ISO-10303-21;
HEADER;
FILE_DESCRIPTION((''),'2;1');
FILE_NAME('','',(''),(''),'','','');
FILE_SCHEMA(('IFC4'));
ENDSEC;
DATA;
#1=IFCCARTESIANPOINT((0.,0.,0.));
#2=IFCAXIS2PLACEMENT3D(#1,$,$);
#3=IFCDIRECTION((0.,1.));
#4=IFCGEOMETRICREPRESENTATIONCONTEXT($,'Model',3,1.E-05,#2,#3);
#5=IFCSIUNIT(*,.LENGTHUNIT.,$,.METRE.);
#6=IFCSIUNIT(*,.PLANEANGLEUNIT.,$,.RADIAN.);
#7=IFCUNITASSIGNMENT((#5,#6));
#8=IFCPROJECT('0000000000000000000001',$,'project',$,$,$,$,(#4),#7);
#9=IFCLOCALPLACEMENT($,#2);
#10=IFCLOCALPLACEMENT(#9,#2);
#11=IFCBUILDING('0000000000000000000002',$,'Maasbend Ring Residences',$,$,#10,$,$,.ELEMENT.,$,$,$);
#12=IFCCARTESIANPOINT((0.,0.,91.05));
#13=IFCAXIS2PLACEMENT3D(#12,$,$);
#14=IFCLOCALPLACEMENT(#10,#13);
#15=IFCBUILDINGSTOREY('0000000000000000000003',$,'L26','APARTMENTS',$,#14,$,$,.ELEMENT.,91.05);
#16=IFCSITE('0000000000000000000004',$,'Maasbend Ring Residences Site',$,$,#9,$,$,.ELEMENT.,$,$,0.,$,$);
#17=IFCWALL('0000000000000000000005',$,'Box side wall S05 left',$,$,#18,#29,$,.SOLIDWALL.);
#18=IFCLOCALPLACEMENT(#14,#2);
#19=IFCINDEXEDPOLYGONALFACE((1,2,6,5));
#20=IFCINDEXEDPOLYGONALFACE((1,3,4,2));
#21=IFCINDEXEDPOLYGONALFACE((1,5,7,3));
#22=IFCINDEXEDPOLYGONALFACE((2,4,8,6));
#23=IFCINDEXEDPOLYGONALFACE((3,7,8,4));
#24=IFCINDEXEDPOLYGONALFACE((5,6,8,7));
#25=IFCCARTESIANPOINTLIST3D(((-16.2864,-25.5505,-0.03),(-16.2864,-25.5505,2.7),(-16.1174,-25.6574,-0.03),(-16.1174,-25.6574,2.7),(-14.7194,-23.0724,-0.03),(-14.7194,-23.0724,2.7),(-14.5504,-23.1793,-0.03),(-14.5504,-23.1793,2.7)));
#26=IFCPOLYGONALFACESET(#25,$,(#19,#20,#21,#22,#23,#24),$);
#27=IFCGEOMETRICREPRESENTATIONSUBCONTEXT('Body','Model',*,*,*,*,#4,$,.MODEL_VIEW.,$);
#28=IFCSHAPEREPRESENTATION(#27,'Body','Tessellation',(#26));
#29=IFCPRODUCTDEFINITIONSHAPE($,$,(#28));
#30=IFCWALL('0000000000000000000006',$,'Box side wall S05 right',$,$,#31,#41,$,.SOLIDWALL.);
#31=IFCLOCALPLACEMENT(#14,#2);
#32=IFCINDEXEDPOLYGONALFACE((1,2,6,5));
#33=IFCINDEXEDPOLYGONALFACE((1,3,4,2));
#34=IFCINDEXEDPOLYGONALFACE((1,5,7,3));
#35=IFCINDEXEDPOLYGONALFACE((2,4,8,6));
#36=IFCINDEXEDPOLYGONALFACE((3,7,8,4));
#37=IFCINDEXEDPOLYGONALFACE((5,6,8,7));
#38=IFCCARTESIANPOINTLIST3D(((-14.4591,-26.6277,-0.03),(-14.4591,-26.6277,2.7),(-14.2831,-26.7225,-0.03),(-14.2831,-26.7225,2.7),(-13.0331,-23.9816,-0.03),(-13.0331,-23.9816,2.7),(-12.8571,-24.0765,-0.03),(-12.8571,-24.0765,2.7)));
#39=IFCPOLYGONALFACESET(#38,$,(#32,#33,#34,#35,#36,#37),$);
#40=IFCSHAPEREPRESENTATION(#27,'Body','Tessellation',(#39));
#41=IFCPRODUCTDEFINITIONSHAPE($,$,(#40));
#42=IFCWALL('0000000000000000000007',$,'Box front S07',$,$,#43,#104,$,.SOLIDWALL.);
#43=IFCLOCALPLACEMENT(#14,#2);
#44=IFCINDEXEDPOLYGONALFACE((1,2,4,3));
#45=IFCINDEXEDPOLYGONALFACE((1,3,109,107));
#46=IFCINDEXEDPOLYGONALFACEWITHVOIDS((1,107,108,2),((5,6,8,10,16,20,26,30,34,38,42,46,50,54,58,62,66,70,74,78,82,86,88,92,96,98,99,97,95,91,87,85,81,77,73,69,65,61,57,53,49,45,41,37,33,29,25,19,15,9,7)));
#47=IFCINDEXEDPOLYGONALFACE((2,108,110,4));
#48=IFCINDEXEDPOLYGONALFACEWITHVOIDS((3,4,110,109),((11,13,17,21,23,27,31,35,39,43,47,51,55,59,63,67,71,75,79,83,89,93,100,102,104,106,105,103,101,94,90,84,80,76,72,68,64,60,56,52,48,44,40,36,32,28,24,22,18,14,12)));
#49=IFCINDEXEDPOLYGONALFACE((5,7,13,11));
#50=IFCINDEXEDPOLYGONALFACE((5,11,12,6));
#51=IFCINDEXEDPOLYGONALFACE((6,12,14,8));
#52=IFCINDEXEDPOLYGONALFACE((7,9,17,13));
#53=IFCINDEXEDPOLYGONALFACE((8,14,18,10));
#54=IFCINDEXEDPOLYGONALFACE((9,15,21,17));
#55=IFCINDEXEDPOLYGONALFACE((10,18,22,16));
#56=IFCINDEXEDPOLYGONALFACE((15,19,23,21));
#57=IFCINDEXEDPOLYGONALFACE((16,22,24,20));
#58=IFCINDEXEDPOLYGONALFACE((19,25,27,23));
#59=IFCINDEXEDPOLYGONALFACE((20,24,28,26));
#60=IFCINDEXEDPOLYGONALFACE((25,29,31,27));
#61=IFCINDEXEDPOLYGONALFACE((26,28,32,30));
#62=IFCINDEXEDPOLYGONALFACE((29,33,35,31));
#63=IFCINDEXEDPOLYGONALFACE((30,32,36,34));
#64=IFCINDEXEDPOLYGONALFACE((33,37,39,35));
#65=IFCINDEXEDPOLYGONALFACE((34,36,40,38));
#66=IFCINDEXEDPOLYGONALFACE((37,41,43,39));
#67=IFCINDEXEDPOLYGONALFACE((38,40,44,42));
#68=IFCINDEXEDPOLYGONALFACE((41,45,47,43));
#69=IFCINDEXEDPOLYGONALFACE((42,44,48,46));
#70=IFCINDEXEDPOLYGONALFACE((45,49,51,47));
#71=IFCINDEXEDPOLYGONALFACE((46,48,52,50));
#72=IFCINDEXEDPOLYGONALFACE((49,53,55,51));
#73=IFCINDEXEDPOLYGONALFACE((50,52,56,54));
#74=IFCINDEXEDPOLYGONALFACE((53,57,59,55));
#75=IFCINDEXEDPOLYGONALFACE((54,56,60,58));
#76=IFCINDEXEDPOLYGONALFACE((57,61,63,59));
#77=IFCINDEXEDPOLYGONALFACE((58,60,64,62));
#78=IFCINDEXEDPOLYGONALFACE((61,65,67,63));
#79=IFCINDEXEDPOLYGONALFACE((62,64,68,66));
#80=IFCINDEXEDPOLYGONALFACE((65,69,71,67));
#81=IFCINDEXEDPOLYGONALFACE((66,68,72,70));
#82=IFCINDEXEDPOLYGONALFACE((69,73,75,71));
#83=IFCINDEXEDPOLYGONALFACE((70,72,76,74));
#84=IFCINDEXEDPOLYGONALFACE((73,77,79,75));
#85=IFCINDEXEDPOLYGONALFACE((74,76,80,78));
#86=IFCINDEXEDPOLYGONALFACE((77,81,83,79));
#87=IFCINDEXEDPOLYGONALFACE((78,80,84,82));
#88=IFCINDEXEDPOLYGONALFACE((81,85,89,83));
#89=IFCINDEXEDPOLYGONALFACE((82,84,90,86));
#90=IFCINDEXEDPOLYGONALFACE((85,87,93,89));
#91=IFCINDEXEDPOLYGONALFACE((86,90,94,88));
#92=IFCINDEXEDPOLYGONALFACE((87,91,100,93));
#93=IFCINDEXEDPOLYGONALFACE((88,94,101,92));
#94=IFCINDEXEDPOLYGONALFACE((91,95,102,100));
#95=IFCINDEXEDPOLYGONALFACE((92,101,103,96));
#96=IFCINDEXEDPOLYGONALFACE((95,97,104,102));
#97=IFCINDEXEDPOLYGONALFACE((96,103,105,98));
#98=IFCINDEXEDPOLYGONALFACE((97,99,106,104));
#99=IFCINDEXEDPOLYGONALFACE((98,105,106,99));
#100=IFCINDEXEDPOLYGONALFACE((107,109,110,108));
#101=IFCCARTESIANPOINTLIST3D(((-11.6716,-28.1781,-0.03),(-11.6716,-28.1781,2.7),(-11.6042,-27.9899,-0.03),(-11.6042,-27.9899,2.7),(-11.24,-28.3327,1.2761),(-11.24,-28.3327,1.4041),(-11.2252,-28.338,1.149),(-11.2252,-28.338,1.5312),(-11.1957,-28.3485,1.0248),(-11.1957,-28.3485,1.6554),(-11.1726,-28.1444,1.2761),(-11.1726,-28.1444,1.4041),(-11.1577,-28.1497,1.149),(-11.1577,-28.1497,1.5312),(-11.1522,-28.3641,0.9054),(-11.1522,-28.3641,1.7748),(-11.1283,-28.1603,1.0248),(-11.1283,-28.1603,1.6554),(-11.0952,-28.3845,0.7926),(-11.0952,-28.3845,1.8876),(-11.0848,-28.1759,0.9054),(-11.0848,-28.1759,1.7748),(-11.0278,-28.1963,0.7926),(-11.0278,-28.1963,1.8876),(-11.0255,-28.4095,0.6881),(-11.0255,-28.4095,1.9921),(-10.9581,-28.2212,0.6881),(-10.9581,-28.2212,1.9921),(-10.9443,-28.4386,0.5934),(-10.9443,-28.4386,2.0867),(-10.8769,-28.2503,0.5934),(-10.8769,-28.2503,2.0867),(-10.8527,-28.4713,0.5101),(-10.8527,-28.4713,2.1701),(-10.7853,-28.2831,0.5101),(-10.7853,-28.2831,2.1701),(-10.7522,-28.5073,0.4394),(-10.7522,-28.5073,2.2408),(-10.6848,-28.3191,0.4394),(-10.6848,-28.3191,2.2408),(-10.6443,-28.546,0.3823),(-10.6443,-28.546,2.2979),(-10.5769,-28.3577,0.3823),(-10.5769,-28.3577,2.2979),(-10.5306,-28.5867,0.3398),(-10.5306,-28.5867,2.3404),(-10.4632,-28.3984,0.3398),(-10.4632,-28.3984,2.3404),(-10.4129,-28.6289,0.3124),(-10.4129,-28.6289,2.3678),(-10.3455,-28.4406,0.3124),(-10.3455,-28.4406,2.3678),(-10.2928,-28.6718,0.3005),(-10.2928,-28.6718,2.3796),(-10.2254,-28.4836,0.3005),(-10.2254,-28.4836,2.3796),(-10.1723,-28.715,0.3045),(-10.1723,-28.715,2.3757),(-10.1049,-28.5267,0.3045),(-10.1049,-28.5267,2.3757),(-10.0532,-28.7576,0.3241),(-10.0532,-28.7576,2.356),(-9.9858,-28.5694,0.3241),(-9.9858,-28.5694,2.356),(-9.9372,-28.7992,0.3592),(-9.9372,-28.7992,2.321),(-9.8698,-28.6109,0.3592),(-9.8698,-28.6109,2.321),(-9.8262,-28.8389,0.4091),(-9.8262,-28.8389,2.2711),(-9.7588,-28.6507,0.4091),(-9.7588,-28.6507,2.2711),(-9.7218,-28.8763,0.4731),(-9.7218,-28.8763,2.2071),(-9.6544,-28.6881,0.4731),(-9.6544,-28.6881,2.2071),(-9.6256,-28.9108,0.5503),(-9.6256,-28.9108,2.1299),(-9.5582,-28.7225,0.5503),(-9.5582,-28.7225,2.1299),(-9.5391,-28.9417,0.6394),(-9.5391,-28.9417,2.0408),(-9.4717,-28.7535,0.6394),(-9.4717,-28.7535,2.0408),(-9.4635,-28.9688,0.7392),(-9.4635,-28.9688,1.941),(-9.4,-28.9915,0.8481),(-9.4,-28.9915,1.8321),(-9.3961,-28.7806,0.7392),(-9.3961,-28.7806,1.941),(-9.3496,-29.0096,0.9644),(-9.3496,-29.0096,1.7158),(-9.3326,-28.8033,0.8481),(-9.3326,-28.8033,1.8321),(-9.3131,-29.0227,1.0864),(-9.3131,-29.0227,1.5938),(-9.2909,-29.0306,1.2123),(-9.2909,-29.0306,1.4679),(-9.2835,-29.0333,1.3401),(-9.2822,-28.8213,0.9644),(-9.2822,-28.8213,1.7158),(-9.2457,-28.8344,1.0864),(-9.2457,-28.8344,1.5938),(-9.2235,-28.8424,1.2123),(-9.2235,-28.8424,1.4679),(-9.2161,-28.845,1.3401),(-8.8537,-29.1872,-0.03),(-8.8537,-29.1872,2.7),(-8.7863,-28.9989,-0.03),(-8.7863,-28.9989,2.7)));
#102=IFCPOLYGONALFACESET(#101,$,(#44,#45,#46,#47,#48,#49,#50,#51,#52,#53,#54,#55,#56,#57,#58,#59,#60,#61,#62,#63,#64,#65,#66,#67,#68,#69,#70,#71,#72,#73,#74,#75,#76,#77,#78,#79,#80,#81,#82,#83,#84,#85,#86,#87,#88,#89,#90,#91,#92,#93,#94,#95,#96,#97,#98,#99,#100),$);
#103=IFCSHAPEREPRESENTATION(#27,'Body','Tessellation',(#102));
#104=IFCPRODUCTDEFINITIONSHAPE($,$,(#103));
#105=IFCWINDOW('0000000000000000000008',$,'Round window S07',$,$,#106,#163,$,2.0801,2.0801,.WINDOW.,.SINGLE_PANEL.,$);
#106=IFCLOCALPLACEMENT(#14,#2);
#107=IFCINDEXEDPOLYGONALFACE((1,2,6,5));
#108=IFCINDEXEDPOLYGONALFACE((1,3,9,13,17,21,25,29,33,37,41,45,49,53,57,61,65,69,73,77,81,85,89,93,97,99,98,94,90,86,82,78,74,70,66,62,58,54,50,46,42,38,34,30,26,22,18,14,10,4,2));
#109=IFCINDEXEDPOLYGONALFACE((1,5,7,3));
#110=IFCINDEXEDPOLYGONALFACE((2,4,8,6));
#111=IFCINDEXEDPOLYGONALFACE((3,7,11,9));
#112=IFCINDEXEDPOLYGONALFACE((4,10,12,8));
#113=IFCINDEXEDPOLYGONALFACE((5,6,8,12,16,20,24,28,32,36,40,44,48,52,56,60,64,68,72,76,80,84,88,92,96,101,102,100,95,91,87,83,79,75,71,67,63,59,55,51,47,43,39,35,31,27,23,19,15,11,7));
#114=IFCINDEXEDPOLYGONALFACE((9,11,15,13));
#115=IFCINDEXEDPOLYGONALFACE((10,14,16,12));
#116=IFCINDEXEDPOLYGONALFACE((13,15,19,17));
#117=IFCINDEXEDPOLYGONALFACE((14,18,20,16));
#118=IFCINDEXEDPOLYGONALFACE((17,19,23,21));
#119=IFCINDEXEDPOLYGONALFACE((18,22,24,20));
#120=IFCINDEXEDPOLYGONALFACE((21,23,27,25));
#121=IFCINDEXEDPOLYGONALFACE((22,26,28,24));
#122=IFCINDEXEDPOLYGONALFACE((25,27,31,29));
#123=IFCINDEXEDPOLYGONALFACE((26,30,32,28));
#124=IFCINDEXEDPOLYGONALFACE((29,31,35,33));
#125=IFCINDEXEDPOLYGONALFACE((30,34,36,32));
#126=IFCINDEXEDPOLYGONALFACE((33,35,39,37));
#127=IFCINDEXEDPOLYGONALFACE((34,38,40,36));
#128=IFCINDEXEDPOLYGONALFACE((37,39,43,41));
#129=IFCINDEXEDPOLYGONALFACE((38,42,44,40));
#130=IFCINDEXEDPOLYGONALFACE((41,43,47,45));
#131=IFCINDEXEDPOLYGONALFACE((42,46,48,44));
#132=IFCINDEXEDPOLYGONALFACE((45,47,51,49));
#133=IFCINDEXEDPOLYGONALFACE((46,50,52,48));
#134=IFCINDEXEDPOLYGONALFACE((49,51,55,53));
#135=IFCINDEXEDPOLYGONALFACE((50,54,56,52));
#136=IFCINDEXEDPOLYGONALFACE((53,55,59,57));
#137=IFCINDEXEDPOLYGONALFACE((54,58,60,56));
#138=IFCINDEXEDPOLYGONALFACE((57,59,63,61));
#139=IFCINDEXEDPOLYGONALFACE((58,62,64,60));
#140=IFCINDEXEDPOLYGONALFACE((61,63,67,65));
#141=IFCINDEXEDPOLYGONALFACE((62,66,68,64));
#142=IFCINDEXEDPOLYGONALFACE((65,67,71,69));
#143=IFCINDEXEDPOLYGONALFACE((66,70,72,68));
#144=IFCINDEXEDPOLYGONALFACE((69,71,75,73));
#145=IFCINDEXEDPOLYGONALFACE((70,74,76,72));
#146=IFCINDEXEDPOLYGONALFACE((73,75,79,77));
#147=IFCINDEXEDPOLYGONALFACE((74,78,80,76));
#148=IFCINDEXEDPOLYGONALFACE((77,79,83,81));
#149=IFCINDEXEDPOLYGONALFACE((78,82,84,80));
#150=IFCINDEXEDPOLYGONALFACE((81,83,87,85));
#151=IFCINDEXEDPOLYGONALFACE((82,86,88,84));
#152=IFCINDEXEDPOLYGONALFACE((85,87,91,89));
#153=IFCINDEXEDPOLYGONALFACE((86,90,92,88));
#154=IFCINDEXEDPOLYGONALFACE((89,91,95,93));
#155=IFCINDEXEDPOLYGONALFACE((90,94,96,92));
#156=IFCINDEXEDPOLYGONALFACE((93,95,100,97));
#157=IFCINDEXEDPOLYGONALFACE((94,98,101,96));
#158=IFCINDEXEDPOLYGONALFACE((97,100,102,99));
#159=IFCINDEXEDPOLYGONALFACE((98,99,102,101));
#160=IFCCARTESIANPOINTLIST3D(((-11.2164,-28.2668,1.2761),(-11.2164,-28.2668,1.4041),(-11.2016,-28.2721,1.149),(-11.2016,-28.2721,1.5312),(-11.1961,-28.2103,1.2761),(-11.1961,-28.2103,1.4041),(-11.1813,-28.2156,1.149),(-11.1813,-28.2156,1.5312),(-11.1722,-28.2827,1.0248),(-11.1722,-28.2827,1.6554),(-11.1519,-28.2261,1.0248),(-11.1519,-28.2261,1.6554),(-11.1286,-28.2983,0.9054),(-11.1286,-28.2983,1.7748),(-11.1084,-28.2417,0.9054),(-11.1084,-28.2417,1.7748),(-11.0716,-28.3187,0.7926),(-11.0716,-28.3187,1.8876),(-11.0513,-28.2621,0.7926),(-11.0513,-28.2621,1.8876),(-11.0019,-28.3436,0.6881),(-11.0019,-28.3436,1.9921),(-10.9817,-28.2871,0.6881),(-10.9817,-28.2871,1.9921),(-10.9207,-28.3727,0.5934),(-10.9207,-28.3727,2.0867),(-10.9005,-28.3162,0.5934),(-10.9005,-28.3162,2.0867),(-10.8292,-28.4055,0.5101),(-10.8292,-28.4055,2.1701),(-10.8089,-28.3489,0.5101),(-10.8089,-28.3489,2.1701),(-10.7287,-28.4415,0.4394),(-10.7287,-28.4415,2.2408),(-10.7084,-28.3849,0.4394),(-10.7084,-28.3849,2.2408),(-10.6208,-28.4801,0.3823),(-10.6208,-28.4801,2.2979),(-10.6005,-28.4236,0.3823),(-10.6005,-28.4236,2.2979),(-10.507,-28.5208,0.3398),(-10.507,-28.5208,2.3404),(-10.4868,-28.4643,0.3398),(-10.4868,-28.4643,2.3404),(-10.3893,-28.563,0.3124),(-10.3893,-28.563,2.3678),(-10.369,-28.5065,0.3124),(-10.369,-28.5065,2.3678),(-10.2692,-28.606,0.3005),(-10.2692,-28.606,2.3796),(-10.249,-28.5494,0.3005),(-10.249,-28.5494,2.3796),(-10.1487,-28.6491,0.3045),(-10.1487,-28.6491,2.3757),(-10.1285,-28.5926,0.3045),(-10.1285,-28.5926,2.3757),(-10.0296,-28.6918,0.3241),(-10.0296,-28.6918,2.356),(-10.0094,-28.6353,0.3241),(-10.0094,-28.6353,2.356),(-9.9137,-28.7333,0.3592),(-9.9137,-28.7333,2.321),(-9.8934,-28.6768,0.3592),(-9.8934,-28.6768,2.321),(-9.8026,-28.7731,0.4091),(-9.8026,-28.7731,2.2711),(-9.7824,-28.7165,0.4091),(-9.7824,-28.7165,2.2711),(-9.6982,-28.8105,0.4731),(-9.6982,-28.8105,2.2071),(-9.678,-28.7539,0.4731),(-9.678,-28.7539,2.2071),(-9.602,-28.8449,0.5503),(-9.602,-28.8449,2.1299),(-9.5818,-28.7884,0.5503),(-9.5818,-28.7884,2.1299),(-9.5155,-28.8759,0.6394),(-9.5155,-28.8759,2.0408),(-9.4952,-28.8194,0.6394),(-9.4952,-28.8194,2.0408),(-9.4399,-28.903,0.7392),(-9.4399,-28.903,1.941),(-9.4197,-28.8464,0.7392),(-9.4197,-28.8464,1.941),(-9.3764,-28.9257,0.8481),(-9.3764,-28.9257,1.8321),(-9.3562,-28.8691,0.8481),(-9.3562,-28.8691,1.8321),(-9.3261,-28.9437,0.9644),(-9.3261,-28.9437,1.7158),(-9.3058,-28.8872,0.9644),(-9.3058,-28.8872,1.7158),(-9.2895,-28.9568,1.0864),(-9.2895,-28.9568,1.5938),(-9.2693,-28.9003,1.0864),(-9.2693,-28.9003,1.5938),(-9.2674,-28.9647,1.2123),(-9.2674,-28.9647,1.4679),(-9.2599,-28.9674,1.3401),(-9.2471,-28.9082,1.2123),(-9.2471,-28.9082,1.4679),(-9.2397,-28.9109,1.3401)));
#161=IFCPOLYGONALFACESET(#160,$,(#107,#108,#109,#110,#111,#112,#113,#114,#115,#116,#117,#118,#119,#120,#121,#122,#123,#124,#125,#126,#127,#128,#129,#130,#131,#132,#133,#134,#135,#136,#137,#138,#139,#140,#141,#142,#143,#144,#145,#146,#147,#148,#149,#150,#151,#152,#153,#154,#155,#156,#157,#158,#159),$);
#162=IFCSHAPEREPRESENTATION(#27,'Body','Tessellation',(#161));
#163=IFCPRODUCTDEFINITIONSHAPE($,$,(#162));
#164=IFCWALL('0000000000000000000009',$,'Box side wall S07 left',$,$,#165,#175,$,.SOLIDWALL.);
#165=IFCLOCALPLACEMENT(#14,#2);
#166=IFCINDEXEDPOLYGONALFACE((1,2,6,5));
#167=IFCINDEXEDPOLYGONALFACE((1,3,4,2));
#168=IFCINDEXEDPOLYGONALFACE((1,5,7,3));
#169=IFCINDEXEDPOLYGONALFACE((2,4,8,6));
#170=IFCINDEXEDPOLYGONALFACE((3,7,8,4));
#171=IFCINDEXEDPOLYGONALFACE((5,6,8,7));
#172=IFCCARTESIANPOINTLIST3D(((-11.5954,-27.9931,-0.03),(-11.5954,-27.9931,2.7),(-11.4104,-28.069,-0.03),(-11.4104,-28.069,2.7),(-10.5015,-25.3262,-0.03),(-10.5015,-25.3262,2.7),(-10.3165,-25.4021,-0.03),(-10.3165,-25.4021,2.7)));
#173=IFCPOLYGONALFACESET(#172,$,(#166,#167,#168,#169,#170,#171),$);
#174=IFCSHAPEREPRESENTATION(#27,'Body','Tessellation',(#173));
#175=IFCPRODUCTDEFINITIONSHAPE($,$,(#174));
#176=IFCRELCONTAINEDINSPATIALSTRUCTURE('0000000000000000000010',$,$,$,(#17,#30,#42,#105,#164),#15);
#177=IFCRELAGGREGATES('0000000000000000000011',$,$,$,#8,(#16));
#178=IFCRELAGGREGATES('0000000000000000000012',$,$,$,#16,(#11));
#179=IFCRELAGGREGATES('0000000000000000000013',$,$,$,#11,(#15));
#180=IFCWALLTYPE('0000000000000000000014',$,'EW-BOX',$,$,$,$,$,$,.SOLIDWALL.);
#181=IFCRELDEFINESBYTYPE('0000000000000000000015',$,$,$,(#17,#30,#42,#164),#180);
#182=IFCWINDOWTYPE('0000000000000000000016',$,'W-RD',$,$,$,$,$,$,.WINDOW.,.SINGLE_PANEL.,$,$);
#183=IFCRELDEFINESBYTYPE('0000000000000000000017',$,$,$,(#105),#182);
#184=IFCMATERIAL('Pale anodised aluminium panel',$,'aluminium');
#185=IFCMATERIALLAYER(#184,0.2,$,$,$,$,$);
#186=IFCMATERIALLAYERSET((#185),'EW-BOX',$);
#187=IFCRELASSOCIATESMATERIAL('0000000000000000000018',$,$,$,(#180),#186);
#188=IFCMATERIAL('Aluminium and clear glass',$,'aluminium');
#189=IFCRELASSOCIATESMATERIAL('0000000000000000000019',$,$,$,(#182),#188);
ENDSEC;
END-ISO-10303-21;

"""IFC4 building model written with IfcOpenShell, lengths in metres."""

from ifc_helpers import new_model, si_unit, direction, frame, frame_2d, origin, place, context, subcontext, project, spatial, rectangle, circle, extrude, material, layer, layer_set, type_object, element, fill, save


model = new_model("IFC4")

# Units and contexts
model_context = context("Model", 3, precision=1e-05, world=origin(), true_north=direction((0.0, 1.0)))
body_context = subcontext(model_context, "Body", "Model", "MODEL_VIEW")
ifc_project = project(units=[si_unit("LENGTHUNIT", "METRE"), si_unit("PLANEANGLEUNIT", "RADIAN")], contexts=[model_context])

# Site, building, storey
site_placement = place(None, origin())
site = spatial("IfcSite", under=ifc_project, at=site_placement, Name="Maasbend Ring Residences Site", CompositionType="ELEMENT", RefElevation=0.0)
building_placement = place(site_placement, origin())
building = spatial("IfcBuilding", under=site, at=building_placement, Name="Maasbend Ring Residences", CompositionType="ELEMENT")
storey_placement = place(building_placement, frame((0.0, 0.0, 91.05)))
storey = spatial("IfcBuildingStorey", under=building, at=storey_placement, Name="L26", Description="APARTMENTS", CompositionType="ELEMENT", Elevation=91.05)

# Shared definitions
ifc_material_1 = material(Name="Pale anodised aluminium panel", Category="aluminium")
ifc_layer_1 = layer(ifc_material_1, 0.2)
ifc_layer_set_1 = layer_set([ifc_layer_1], Name="EW-BOX")
wall_type_1 = type_object("IfcWallType", Name="EW-BOX", PredefinedType="SOLIDWALL", material=ifc_layer_set_1)

# Shared definitions
ifc_material_2 = material(Name="Aluminium and clear glass", Category="aluminium")
window_type_1 = type_object("IfcWindowType", Name="W-RD", PartitioningType="SINGLE_PANEL", PredefinedType="WINDOW", material=ifc_material_2)

# Walls
wall_1_placement = place(storey_placement, frame((-14.635, -23.126, -0.03), z_axis=(0.0, 0.0, 1.0), x_axis=(-0.534438, -0.845208, 0.0)))
element("IfcWall", 1, at=wall_1_placement, inside=storey, type_object=wall_type_1, Name="Box side wall S05 left", PredefinedType="SOLIDWALL", context=body_context, shape_type="SweptSolid", body=[
    extrude(rectangle(XDim=2.9319, YDim=0.2, at=frame_2d((1.4658, 0.0))), origin(), (0.0, 0.0, 1.0), 2.73),
])
wall_2_placement = place(storey_placement, frame((-12.9451, -24.0291, -0.03), z_axis=(0.0, 0.0, 1.0), x_axis=(-0.474424, -0.880296, 0.0)))
element("IfcWall", 2, at=wall_2_placement, inside=storey, type_object=wall_type_1, Name="Box side wall S05 right", PredefinedType="SOLIDWALL", context=body_context, shape_type="SweptSolid", body=[
    extrude(rectangle(XDim=3.0059, YDim=0.2, at=frame_2d((1.5029, 0.0))), origin(), (0.0, 0.0, 1.0), 2.73),
])

# Wall, opening, window
wall_3_placement = place(storey_placement, frame((-11.6379, -28.084, -0.03), z_axis=(0.0, 0.0, 1.0), x_axis=(0.941461, -0.337122, 0.0)))
wall_3 = element("IfcWall", 3, at=wall_3_placement, inside=storey, type_object=wall_type_1, Name="Box front S07", PredefinedType="SOLIDWALL", context=body_context, shape_type="SweptSolid", body=[
    extrude(rectangle(XDim=2.9932, YDim=0.2, at=frame_2d((1.4966, 0.0))), origin(), (0.0, 0.0, 1.0), 2.73),
])
opening_1_placement = place(wall_3_placement, frame((0.4565, 0.0, 0.3301)))
opening_1 = element("IfcOpeningElement", 4, at=opening_1_placement, cuts=wall_3, PredefinedType="OPENING", context=body_context, shape_type="SweptSolid", body=[
    extrude(circle(Radius=1.04, at=frame_2d((1.04, 1.04))), frame((0.0, 0.1099, 0.0), z_axis=(0.0, -1.0, 0.0), x_axis=(1.0, 0.0, 0.0)), (0.0, 0.0, 1.0), 0.22),
])
window_1_placement = place(opening_1_placement, origin())
window_1 = element("IfcWindow", 5, at=window_1_placement, inside=storey, type_object=window_type_1, Name="Round window S07", OverallHeight=2.0801, OverallWidth=2.0801, PartitioningType="SINGLE_PANEL", PredefinedType="WINDOW", context=body_context, shape_type="SweptSolid", body=[
    extrude(circle(Radius=1.04, at=frame_2d((1.04, 1.04))), frame((0.0, 0.03, 0.0), z_axis=(0.0, -1.0, 0.0), x_axis=(1.0, 0.0, 0.0)), (0.0, 0.0, 1.0), 0.0601),
])
fill(opening_1, window_1)

# Wall
wall_4_placement = place(storey_placement, frame((-10.4089, -25.364, -0.03), z_axis=(0.0, 0.0, 1.0), x_axis=(-0.37951, -0.925188, 0.0)))
element("IfcWall", 6, at=wall_4_placement, inside=storey, type_object=wall_type_1, Name="Box side wall S07 left", PredefinedType="SOLIDWALL", context=body_context, shape_type="SweptSolid", body=[
    extrude(rectangle(XDim=2.8826, YDim=0.2, at=frame_2d((1.4414, 0.0))), origin(), (0.0, 0.0, 1.0), 2.73),
])

save(model, "model.ifc")
